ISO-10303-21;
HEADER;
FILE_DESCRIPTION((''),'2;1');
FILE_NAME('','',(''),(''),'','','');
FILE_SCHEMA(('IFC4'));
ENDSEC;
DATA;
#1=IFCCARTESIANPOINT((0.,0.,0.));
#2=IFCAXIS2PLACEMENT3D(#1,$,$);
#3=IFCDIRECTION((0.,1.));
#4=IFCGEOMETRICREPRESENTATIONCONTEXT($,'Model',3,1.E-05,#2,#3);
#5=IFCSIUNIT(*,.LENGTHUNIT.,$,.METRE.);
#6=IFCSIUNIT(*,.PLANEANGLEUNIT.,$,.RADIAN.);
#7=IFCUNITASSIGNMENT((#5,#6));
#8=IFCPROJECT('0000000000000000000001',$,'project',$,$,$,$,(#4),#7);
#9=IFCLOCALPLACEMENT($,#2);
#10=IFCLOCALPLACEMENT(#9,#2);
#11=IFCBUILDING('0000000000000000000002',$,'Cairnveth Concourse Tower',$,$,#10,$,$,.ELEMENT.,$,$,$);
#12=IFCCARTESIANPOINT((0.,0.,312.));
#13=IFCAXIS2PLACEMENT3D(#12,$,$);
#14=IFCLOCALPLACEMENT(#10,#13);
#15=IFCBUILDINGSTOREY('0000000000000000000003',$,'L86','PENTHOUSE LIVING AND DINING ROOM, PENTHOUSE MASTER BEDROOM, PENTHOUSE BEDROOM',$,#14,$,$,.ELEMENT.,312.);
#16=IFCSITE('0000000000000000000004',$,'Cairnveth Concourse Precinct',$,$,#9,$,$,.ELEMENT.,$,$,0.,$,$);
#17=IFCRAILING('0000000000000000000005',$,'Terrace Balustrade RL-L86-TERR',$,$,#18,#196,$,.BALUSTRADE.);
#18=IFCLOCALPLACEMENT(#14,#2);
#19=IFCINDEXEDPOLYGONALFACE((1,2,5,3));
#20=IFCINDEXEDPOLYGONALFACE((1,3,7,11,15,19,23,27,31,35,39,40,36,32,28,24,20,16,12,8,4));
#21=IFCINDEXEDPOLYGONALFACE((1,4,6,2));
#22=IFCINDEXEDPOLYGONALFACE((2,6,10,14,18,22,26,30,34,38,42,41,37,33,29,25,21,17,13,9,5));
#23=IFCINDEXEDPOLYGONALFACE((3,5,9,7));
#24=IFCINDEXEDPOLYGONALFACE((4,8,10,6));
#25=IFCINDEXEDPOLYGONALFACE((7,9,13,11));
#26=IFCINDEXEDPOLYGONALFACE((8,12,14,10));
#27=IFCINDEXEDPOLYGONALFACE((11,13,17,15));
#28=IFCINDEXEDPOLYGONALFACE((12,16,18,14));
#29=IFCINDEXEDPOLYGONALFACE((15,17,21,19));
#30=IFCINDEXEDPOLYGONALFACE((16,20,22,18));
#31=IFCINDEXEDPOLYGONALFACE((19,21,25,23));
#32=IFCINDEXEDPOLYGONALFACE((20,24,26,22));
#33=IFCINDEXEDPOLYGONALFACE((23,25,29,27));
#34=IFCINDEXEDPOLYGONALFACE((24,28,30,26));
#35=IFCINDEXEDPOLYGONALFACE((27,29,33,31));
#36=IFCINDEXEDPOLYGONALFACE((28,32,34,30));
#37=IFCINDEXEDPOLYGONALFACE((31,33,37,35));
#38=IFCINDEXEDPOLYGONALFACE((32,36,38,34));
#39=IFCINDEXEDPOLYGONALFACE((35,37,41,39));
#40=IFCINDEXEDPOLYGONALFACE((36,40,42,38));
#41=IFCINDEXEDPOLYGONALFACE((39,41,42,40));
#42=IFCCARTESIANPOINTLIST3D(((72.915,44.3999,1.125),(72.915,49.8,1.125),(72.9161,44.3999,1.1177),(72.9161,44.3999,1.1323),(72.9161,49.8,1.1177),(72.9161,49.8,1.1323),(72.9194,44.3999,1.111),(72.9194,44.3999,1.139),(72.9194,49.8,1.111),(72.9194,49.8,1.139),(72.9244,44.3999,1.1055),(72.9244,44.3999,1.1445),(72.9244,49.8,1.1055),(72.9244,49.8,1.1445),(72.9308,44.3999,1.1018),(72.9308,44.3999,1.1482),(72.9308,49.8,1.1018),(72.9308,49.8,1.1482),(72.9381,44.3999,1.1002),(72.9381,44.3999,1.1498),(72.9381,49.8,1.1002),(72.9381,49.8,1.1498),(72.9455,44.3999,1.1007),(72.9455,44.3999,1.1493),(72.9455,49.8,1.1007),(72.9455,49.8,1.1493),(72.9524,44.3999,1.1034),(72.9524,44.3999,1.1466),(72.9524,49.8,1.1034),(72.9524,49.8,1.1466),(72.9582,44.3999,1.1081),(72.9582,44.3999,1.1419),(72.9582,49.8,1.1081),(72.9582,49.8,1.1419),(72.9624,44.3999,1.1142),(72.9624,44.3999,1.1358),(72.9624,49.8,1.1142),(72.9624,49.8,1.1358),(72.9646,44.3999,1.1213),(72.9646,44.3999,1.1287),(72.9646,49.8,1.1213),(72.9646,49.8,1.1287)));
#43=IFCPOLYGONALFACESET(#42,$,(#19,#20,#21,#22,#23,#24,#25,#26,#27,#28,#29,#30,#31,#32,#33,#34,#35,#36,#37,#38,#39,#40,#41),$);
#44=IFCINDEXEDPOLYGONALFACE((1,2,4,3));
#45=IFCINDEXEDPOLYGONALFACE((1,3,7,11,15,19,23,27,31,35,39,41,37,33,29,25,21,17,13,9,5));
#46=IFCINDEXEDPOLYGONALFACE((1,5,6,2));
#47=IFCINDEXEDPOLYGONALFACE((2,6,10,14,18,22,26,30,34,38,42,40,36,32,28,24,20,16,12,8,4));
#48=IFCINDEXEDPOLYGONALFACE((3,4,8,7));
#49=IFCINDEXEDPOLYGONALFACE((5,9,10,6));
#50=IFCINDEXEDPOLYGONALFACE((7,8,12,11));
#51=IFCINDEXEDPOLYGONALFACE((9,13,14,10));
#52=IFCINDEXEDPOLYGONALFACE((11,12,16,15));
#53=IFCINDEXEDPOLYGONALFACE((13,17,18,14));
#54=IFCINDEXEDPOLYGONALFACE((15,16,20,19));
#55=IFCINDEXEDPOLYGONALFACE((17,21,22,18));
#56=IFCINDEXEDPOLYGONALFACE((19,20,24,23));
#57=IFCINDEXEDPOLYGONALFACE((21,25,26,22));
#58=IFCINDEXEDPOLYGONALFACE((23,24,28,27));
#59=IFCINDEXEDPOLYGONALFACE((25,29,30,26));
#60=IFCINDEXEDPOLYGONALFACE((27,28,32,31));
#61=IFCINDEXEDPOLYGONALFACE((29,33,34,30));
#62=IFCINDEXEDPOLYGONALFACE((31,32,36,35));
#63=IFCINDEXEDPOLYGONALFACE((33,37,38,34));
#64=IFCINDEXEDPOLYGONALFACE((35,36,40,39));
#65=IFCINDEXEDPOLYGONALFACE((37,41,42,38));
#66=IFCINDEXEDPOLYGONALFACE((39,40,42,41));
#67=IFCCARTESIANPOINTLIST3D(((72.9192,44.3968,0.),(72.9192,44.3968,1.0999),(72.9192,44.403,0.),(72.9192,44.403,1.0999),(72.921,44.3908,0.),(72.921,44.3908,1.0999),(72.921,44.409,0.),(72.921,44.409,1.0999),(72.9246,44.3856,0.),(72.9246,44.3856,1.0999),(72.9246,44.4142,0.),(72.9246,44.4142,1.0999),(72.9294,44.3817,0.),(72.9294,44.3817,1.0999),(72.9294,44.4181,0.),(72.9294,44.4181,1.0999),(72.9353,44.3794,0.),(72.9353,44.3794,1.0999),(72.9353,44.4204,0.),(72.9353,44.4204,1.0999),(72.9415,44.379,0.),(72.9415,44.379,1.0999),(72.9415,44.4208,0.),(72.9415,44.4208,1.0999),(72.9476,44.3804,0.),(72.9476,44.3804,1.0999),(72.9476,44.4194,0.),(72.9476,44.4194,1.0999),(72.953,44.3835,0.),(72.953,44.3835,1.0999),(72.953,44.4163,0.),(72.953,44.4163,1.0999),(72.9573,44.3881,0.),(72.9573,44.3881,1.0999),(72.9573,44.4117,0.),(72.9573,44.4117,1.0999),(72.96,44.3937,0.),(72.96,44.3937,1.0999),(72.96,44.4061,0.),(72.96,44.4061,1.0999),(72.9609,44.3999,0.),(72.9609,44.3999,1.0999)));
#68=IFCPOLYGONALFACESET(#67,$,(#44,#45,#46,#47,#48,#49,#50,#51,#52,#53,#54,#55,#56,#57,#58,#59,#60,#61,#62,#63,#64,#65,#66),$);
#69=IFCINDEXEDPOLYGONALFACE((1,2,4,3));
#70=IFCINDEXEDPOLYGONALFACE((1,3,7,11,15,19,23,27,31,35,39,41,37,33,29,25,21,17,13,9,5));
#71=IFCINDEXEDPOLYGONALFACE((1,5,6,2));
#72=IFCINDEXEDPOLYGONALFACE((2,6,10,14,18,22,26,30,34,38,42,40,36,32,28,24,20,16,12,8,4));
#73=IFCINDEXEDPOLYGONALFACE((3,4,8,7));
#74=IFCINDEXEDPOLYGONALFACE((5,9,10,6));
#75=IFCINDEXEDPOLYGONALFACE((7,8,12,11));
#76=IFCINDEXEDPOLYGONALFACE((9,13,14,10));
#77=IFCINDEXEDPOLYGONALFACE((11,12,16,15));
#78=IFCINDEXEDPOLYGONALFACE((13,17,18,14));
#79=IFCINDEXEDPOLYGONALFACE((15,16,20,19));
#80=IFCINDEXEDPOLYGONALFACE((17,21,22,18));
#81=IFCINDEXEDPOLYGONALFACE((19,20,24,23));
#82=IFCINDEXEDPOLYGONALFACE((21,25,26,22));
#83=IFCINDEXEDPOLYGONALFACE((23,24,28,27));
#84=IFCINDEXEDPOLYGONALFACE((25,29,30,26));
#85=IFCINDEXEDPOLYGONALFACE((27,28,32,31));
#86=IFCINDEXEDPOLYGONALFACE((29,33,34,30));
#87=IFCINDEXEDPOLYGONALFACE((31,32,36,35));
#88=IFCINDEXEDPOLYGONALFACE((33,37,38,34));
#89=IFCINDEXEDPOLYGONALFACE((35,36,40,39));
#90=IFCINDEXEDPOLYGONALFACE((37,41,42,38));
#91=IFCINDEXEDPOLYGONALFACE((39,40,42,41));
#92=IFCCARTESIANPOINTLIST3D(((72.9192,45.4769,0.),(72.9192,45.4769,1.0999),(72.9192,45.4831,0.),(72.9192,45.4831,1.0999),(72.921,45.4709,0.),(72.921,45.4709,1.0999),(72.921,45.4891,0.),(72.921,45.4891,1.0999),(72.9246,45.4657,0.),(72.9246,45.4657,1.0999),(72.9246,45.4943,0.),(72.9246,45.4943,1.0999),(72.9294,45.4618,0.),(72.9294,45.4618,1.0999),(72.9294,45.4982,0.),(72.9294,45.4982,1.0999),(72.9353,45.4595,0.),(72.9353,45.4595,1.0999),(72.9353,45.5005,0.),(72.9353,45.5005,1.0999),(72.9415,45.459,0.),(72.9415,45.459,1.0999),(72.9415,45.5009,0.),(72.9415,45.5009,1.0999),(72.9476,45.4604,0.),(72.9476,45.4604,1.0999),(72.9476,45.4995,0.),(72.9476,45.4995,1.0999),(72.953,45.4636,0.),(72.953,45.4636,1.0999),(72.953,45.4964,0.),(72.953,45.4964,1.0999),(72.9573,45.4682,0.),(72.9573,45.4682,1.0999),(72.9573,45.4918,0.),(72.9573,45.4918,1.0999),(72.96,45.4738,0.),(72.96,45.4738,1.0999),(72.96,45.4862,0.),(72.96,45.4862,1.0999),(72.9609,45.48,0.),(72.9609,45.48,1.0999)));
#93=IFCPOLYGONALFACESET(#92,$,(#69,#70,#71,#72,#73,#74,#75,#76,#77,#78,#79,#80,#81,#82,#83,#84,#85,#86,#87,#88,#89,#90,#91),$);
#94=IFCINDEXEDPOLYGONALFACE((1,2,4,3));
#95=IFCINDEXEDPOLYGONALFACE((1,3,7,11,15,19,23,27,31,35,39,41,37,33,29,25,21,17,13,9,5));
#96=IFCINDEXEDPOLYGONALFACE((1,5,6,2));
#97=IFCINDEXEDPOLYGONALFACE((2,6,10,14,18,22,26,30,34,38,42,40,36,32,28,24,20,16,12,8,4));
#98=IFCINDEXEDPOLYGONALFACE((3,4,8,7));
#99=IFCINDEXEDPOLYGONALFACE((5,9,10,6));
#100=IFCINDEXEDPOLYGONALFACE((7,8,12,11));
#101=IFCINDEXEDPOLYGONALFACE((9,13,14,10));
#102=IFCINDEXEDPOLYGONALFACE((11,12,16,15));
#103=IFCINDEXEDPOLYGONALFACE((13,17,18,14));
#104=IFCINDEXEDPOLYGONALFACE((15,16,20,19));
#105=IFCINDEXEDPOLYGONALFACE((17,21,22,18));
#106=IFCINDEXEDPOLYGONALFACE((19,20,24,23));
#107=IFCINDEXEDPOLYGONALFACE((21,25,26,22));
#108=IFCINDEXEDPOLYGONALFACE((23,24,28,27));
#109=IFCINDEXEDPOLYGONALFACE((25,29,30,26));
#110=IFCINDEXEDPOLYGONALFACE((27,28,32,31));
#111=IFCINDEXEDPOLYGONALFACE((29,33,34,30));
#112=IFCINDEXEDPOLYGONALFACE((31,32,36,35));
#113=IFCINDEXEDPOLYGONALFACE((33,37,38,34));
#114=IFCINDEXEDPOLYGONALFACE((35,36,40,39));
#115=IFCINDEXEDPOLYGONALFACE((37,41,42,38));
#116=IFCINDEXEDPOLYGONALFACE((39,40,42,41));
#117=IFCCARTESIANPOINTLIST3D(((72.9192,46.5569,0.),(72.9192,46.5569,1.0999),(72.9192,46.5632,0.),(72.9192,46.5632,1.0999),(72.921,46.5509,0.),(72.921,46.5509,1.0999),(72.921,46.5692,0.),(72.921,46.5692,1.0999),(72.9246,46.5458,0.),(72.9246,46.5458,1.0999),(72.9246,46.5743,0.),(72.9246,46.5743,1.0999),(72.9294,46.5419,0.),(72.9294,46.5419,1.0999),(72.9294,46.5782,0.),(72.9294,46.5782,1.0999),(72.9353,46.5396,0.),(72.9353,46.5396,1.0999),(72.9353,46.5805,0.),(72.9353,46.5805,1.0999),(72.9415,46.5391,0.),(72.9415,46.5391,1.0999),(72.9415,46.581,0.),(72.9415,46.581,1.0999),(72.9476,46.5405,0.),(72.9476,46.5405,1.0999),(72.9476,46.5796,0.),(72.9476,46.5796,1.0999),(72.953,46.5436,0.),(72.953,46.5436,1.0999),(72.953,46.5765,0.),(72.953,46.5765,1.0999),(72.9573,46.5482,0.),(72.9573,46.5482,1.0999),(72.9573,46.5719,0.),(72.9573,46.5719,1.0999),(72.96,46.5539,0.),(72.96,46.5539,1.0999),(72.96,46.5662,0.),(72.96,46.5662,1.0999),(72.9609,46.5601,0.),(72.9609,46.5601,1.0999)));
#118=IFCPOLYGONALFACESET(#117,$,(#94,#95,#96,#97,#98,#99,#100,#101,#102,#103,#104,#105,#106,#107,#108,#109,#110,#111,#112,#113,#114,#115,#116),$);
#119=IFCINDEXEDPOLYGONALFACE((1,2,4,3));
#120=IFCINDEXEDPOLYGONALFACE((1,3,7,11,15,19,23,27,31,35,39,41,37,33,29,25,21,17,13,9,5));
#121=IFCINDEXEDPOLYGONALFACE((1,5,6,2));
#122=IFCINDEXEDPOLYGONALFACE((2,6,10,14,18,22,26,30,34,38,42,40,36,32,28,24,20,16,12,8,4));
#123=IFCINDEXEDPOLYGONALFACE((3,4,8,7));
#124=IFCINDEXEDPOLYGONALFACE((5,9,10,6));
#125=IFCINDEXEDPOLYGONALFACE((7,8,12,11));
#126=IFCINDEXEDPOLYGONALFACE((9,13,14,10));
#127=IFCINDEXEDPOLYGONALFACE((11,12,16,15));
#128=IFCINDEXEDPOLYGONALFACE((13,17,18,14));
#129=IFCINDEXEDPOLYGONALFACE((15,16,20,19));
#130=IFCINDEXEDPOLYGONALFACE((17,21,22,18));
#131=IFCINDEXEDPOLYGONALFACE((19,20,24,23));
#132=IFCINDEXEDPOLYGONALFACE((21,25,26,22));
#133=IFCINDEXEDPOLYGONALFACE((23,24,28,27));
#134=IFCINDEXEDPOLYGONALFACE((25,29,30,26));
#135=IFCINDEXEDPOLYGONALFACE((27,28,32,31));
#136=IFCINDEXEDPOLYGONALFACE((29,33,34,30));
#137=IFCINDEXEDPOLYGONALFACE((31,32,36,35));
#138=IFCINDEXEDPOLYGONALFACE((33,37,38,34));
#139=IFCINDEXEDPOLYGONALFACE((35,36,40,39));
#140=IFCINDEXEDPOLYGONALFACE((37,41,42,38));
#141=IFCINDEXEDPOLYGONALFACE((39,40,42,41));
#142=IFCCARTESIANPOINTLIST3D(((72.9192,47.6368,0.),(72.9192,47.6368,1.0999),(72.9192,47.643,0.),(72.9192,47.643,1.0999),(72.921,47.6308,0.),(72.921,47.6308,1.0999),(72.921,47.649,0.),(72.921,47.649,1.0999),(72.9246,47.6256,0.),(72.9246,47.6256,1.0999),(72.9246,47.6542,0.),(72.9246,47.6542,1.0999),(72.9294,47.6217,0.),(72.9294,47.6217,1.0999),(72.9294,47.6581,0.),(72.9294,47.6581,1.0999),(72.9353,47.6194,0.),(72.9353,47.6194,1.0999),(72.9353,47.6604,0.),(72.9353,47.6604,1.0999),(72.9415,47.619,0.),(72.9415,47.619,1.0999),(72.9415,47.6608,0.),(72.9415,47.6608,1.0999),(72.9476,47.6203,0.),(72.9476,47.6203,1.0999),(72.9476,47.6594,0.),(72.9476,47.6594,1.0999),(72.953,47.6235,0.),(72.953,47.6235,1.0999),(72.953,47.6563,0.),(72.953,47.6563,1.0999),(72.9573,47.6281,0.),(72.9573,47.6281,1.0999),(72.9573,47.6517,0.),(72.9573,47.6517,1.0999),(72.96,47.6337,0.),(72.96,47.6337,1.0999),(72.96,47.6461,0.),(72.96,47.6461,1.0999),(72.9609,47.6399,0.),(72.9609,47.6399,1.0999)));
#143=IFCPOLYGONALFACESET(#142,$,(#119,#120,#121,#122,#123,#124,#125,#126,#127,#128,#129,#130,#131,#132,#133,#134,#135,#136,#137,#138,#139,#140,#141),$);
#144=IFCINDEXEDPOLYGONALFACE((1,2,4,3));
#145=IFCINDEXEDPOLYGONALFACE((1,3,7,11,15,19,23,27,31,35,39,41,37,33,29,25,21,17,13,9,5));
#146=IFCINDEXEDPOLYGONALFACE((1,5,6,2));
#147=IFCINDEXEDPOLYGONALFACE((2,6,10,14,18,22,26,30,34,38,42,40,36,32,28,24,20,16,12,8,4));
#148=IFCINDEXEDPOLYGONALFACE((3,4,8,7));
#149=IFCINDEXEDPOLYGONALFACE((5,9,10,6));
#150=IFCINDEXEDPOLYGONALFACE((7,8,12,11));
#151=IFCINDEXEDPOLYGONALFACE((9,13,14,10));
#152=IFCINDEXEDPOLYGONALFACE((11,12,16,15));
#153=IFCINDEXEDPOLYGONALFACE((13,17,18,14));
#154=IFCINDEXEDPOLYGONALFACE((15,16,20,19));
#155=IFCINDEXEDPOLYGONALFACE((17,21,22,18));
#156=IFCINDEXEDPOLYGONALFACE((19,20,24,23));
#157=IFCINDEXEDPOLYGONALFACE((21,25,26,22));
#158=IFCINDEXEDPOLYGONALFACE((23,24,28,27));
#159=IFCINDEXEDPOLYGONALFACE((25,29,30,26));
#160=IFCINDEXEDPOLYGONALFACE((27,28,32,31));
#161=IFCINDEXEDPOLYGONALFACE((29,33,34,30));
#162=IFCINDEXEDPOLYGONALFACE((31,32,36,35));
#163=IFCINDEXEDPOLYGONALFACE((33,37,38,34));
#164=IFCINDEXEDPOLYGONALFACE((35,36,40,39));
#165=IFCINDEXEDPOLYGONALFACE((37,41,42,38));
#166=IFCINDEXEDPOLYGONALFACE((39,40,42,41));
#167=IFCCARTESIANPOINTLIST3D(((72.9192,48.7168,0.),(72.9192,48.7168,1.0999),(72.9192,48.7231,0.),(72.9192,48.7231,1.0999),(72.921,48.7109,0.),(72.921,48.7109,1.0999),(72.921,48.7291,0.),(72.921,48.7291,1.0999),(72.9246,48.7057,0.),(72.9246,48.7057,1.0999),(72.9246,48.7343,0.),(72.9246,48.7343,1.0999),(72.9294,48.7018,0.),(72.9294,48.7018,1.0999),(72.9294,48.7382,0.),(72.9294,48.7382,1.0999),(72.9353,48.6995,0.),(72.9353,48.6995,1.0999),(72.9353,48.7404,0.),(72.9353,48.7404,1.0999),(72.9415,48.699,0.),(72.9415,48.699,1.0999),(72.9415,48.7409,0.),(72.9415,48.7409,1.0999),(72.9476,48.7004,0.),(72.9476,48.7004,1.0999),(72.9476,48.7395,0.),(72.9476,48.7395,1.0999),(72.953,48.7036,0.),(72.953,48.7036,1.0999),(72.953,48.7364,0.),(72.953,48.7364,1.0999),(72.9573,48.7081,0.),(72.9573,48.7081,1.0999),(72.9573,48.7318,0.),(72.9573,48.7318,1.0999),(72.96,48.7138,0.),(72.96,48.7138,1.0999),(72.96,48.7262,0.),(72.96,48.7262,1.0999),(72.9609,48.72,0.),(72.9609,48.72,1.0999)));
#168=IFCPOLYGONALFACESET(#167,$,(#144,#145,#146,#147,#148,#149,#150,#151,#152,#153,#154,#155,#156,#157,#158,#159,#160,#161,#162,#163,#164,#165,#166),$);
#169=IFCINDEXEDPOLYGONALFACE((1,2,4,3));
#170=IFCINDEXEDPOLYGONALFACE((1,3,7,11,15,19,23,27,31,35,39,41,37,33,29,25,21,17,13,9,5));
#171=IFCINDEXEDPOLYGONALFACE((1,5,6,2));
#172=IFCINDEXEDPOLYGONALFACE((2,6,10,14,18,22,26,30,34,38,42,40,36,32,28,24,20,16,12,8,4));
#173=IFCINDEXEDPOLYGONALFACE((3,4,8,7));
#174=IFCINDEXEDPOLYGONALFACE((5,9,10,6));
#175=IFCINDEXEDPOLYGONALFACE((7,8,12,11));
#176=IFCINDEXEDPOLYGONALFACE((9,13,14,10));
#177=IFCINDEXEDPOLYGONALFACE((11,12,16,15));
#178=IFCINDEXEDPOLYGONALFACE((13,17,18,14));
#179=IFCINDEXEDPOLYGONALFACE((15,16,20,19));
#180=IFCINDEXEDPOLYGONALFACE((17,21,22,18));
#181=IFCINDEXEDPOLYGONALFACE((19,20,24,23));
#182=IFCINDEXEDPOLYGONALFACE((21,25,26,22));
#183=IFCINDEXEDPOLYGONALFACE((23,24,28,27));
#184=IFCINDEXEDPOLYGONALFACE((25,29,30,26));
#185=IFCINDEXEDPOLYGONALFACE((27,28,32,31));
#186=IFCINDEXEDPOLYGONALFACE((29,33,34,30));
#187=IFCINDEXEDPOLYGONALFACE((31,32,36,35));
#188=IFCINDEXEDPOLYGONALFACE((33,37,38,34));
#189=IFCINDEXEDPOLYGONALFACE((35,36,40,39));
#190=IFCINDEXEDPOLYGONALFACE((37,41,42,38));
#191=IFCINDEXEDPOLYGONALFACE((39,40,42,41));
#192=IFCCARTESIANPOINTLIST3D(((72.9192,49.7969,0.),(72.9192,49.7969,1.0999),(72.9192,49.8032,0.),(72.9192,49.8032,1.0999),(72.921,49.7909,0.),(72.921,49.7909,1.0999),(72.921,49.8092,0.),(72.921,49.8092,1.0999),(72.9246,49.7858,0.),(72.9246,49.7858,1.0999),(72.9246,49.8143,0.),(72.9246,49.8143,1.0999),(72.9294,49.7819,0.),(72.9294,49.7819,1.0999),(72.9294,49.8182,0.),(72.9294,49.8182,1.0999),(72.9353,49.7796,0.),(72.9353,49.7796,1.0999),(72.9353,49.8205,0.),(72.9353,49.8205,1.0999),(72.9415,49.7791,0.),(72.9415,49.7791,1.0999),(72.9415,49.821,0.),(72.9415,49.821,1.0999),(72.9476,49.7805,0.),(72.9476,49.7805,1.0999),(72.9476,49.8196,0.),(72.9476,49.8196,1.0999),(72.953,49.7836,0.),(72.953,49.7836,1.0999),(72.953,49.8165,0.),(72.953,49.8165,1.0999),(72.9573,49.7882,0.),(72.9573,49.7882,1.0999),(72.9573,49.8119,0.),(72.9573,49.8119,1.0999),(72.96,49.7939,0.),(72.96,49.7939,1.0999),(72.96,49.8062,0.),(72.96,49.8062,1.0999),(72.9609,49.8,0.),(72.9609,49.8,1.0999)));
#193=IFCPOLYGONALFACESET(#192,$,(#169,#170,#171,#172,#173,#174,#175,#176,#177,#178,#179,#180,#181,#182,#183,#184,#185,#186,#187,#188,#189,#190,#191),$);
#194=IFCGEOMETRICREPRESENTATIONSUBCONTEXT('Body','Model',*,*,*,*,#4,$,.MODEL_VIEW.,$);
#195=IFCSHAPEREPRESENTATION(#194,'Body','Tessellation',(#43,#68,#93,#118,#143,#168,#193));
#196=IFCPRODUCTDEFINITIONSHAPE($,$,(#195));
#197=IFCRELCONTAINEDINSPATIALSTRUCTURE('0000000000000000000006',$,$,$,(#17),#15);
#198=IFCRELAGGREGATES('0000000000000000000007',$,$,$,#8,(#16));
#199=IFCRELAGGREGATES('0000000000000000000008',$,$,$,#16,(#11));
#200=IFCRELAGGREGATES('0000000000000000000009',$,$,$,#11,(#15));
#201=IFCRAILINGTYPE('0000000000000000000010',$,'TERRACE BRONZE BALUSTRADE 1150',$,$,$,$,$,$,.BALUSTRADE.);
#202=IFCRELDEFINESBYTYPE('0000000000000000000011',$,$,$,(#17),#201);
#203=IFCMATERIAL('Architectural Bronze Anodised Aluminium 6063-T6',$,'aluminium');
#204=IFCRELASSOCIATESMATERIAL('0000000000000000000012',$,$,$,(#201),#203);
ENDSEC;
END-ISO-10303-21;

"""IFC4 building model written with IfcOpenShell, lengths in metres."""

from ifc_helpers import new_model, si_unit, direction, frame, origin, origin_2d, place, context, subcontext, project, spatial, circle, extrude, material, type_object, element, save


model = new_model("IFC4")

# Units and contexts
model_context = context("Model", 3, precision=1e-05, world=origin(), true_north=direction((0.0, 1.0)))
body_context = subcontext(model_context, "Body", "Model", "MODEL_VIEW")
ifc_project = project(units=[si_unit("LENGTHUNIT", "METRE"), si_unit("PLANEANGLEUNIT", "RADIAN")], contexts=[model_context])

# Site, building, storey
site_placement = place(None, origin())
site = spatial("IfcSite", under=ifc_project, at=site_placement, Name="Cairnveth Concourse Precinct", CompositionType="ELEMENT", RefElevation=0.0)
building_placement = place(site_placement, origin())
building = spatial("IfcBuilding", under=site, at=building_placement, Name="Cairnveth Concourse Tower", CompositionType="ELEMENT")
storey_placement = place(building_placement, frame((0.0, 0.0, 312.0)))
storey = spatial("IfcBuildingStorey", under=building, at=storey_placement, Name="L86", Description="PENTHOUSE LIVING AND DINING ROOM, PENTHOUSE MASTER BEDROOM, PENTHOUSE BEDROOM", CompositionType="ELEMENT", Elevation=312.0)

# Shared definitions
ifc_material_1 = material(Name="Architectural Bronze Anodised Aluminium 6063-T6", Category="aluminium")

# Railing
railing_type = type_object("IfcRailingType", Name="TERRACE BRONZE BALUSTRADE 1150", PredefinedType="BALUSTRADE", material=ifc_material_1)
railing_placement = place(storey_placement, frame((72.9399, 44.3999, 0.0)))
element("IfcRailing", 1, at=railing_placement, inside=storey, type_object=railing_type, Name="Terrace Balustrade RL-L86-TERR", PredefinedType="BALUSTRADE", context=body_context, shape_type="SweptSolid", body=[
    extrude(circle(Radius=0.0249, at=origin_2d()), frame((0.0, 0.0, 1.125), z_axis=(0.0, 1.0, 0.0), x_axis=(-1.0, 0.0, 0.0)), (0.0, 0.0, 1.0), 5.4001),
    extrude(circle(Radius=0.021, at=origin_2d()), origin(), (0.0, 0.0, 1.0), 1.0999),
    extrude(circle(Radius=0.021, at=origin_2d()), frame((0.0, 1.0801, 0.0)), (0.0, 0.0, 1.0), 1.0999),
    extrude(circle(Radius=0.021, at=origin_2d()), frame((0.0, 2.1602, 0.0)), (0.0, 0.0, 1.0), 1.0999),
    extrude(circle(Radius=0.021, at=origin_2d()), frame((0.0, 3.24, 0.0)), (0.0, 0.0, 1.0), 1.0999),
    extrude(circle(Radius=0.021, at=origin_2d()), frame((0.0, 4.3201, 0.0)), (0.0, 0.0, 1.0), 1.0999),
    extrude(circle(Radius=0.021, at=origin_2d()), frame((0.0, 5.4001, 0.0)), (0.0, 0.0, 1.0), 1.0999),
])

save(model, "model.ifc")
